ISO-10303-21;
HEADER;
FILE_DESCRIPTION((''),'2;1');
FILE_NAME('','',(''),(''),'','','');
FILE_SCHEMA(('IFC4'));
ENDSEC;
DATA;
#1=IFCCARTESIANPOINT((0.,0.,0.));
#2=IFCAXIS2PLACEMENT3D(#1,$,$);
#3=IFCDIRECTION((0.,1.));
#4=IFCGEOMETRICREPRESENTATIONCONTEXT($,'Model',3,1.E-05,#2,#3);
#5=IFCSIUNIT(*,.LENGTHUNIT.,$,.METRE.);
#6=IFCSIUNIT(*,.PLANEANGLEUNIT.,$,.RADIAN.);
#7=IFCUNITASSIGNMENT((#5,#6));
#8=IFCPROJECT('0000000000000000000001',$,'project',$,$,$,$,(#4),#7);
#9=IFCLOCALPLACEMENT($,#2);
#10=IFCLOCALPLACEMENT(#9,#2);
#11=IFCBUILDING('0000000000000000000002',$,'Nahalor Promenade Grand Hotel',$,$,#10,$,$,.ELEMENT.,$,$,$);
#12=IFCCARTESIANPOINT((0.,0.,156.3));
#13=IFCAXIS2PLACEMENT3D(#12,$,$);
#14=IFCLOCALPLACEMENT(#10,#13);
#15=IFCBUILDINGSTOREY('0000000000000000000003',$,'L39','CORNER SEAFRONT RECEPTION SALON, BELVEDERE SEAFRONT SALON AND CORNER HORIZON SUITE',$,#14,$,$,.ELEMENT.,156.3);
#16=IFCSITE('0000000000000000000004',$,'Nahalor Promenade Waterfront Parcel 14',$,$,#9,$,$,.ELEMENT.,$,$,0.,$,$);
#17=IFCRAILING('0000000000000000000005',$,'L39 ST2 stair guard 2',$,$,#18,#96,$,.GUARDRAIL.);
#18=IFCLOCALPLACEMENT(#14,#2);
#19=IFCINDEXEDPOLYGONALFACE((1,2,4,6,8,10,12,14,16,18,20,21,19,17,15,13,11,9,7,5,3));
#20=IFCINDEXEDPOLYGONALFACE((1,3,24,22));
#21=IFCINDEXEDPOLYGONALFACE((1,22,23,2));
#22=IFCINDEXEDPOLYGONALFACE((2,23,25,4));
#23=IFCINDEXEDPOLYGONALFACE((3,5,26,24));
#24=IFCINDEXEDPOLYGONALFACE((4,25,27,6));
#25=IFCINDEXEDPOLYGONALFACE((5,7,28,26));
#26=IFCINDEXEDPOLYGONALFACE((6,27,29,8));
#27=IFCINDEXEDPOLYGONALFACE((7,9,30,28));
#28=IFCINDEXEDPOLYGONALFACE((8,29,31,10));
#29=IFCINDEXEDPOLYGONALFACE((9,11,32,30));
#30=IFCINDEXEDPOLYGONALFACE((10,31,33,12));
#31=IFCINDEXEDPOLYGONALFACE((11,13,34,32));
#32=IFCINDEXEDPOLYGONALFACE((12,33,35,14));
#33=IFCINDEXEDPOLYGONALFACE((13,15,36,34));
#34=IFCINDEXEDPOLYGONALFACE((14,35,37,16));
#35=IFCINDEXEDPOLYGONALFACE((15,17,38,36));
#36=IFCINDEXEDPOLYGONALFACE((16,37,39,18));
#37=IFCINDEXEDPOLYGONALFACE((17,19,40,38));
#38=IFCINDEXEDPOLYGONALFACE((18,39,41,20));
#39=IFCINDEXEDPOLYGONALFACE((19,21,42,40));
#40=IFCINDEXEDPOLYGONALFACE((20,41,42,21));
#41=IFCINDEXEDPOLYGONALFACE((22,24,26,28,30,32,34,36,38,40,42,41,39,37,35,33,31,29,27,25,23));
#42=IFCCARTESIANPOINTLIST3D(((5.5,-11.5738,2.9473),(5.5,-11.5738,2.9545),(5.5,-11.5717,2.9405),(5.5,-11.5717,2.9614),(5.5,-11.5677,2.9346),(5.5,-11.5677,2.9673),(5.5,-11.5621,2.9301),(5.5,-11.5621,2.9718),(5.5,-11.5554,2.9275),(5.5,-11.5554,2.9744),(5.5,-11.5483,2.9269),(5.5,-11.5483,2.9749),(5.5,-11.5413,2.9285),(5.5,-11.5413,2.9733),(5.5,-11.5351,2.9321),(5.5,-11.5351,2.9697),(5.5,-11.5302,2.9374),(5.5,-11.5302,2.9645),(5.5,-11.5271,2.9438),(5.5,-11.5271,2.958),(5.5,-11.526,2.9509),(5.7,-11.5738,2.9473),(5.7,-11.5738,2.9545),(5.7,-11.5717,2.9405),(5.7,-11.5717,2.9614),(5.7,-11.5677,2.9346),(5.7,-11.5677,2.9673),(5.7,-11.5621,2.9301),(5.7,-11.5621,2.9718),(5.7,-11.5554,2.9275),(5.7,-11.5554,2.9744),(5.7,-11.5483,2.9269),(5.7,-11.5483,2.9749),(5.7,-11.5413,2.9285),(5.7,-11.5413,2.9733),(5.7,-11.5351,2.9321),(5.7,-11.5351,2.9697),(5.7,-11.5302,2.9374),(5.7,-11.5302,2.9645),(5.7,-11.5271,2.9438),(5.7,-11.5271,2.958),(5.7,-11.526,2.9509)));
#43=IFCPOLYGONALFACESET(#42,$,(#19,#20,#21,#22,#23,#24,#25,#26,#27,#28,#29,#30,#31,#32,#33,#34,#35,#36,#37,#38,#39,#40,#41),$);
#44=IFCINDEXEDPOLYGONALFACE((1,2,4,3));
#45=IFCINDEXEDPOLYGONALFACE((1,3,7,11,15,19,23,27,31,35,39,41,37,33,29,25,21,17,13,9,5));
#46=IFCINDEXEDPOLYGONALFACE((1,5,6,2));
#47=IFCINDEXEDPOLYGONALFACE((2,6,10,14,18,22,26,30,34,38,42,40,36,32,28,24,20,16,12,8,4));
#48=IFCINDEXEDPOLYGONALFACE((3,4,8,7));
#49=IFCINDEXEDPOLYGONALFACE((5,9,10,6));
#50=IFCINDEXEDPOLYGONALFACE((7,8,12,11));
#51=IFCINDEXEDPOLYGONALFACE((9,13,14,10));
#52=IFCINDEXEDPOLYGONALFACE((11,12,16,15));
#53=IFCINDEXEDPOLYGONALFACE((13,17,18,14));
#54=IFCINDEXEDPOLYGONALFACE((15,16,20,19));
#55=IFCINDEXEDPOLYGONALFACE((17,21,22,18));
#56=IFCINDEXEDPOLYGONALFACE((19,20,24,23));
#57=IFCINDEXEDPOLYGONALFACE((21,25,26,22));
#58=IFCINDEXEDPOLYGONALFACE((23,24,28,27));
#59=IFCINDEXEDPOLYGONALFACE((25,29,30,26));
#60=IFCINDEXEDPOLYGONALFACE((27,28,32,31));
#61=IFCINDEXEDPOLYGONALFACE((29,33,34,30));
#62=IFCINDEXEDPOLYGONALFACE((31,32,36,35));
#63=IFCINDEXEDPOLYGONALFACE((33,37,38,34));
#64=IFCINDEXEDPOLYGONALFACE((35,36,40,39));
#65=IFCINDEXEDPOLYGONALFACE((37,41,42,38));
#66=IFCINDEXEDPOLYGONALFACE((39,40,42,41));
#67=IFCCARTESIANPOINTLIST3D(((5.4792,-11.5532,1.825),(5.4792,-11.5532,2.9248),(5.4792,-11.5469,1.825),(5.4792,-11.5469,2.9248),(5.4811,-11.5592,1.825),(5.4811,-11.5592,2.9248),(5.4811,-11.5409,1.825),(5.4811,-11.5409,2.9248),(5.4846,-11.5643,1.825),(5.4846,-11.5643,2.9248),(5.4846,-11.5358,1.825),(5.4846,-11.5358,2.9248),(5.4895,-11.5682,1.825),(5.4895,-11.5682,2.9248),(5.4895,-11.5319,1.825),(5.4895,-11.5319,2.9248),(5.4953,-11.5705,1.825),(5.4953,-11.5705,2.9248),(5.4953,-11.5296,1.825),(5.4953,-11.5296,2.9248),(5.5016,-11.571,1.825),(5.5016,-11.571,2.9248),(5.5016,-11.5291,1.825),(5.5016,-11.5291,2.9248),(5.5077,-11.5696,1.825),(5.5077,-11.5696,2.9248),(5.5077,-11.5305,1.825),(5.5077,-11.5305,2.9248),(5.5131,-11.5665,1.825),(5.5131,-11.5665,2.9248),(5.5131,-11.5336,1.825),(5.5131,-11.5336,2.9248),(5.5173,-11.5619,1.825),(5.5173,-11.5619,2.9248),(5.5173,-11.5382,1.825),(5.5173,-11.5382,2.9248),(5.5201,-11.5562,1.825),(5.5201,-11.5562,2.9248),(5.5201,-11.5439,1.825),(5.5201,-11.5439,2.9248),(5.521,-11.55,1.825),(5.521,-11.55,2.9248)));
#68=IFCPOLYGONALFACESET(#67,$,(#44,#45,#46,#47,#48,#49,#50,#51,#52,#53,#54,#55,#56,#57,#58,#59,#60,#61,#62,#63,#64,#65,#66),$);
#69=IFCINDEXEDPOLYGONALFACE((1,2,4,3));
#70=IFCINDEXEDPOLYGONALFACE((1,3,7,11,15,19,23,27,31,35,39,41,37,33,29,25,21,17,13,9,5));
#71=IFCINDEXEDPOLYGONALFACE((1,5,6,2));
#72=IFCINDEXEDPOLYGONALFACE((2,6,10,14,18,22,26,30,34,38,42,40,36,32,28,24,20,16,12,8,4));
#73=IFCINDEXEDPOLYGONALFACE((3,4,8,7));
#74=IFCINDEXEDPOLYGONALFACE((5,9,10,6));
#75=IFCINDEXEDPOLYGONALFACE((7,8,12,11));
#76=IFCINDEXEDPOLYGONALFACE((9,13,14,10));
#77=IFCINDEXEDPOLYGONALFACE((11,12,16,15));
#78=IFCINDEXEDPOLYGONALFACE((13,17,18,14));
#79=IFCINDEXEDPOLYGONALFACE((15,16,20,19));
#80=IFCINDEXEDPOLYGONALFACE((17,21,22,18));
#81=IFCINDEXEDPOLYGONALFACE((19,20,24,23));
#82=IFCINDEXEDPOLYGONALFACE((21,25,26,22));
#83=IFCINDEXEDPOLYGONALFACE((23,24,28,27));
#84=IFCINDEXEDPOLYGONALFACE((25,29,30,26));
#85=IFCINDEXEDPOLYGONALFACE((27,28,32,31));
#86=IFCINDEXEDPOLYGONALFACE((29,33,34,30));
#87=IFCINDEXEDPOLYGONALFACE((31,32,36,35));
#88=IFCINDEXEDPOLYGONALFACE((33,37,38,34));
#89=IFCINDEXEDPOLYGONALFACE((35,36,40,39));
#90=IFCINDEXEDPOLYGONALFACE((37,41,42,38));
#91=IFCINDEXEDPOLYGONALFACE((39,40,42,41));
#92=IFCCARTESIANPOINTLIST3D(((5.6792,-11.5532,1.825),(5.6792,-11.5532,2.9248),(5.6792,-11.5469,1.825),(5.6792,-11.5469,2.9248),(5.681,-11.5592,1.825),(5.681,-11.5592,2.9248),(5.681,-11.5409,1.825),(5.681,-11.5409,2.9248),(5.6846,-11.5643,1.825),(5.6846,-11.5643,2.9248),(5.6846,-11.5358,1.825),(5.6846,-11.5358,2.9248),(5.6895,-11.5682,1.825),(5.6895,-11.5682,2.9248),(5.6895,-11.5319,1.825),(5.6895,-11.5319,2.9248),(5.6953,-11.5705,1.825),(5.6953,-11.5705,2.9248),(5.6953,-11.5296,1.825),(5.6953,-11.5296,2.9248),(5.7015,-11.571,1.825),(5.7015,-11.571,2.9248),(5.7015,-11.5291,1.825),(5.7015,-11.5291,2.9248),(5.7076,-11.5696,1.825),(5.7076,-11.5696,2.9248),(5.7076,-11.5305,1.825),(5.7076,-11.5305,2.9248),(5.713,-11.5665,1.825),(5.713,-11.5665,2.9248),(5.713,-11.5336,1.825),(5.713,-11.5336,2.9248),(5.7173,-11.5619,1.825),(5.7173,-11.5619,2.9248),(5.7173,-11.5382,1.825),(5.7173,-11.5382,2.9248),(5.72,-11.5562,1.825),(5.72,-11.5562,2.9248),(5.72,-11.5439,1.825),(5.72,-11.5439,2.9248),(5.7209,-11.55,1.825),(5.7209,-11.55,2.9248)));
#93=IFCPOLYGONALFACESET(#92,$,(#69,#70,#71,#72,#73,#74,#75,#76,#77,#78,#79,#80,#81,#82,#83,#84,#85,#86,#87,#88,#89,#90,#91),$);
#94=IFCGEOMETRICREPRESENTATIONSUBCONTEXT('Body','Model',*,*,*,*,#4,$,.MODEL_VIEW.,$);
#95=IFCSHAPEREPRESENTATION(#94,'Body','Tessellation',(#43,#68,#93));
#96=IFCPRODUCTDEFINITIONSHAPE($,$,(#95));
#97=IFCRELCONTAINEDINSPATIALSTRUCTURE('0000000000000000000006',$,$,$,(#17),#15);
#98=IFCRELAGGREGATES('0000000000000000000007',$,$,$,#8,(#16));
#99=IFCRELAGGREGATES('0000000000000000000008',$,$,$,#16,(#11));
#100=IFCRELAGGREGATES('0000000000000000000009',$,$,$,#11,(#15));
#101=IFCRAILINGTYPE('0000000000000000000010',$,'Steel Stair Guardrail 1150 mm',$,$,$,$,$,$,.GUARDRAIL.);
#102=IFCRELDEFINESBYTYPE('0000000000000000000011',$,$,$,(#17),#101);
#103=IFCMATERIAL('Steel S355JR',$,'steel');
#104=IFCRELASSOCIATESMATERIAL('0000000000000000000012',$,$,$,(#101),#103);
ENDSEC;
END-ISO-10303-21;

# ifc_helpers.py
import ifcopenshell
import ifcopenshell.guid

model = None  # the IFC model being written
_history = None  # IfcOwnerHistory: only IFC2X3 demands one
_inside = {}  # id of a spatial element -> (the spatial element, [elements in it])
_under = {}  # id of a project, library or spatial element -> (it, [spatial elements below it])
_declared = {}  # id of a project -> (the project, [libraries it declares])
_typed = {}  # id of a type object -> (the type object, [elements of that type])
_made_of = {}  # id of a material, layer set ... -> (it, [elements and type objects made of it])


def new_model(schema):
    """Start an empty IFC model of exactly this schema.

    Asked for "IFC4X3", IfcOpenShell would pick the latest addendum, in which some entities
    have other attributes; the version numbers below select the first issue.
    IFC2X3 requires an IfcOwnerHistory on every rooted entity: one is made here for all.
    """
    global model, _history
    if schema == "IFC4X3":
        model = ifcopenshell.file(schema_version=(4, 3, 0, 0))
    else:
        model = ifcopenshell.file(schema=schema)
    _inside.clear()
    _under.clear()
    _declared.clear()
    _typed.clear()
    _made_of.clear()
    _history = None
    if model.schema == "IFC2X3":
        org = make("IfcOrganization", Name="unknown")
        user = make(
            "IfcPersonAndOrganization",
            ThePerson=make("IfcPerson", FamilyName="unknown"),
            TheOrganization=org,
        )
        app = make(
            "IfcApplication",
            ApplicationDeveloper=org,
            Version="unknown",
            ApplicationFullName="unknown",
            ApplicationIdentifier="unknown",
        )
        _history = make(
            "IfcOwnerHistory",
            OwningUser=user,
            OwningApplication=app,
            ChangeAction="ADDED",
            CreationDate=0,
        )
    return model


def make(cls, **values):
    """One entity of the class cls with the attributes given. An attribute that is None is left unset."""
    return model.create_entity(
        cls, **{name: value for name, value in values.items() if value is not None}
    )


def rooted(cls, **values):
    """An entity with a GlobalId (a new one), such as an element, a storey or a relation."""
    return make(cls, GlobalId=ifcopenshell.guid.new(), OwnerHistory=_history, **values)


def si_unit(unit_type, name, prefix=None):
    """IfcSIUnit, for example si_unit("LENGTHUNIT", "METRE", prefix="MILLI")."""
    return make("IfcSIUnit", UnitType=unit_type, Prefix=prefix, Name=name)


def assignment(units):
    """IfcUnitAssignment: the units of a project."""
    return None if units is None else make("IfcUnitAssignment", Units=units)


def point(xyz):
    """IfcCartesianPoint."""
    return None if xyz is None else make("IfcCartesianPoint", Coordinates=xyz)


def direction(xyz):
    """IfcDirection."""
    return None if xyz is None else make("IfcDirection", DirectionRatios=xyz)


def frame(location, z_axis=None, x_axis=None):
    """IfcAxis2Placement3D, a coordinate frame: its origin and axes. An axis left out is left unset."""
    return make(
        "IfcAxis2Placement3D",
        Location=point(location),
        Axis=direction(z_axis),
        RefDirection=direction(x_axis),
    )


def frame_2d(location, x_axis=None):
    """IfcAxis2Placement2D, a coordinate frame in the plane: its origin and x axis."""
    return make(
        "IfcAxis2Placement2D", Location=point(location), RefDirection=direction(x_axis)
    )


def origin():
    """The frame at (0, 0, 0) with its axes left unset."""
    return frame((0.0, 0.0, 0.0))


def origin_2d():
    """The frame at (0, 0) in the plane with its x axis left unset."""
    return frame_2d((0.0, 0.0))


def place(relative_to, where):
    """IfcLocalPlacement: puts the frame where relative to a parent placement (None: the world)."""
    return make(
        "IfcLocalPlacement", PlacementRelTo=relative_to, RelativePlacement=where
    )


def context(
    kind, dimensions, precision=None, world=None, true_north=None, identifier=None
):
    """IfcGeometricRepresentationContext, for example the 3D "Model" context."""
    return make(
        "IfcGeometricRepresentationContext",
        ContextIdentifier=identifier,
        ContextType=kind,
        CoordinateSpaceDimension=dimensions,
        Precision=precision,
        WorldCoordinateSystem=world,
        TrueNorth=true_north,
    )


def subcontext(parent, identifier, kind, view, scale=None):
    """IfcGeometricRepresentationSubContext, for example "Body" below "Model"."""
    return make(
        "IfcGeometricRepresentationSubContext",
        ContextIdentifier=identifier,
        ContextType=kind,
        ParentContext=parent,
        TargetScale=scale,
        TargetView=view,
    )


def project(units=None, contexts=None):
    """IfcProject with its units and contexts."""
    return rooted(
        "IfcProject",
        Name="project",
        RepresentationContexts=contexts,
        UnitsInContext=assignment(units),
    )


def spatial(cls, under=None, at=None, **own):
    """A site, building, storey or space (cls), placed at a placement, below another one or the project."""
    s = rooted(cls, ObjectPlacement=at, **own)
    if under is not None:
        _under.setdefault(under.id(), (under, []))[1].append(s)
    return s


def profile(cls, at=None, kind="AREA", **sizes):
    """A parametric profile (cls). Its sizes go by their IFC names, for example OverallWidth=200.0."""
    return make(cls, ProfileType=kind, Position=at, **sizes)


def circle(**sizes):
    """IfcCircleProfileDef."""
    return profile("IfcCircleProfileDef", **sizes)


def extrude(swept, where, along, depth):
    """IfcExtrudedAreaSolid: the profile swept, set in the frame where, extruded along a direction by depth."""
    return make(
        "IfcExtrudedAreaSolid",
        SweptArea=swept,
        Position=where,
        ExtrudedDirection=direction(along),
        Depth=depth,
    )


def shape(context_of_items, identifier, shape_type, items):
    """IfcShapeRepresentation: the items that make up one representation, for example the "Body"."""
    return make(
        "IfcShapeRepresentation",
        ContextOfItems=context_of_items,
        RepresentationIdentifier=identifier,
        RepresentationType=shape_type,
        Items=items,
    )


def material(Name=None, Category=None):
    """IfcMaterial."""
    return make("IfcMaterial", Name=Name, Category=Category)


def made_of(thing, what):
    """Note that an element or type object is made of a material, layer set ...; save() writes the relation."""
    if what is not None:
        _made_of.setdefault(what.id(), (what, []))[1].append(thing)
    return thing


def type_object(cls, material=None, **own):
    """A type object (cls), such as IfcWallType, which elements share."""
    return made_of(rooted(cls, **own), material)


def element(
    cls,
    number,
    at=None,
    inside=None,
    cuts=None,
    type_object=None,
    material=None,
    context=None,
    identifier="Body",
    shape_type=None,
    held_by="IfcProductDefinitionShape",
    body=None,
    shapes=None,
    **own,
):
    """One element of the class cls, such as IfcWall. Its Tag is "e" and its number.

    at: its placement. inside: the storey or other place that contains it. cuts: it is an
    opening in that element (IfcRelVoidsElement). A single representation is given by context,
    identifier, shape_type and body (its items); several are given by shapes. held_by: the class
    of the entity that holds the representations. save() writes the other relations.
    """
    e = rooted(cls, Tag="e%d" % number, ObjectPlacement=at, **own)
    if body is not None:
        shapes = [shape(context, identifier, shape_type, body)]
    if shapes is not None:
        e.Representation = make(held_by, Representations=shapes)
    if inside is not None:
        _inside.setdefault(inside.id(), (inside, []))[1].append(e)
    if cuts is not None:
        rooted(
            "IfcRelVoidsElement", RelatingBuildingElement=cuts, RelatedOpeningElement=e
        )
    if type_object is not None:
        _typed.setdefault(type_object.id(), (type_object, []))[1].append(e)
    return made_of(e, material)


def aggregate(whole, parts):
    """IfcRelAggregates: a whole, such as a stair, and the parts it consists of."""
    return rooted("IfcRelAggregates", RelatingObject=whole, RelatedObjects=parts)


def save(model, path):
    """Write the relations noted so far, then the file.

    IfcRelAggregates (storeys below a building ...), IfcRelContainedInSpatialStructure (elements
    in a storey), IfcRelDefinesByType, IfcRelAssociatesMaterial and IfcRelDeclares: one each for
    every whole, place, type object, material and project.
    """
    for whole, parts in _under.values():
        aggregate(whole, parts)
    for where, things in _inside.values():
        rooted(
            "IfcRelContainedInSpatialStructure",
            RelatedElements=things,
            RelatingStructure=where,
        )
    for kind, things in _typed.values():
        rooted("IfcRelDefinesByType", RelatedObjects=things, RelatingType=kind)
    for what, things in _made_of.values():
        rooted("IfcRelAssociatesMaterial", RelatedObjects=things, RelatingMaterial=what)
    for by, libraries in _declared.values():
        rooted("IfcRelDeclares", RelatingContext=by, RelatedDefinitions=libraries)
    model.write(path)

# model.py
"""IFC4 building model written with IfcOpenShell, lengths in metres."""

from ifc_helpers import new_model, si_unit, direction, frame, origin, origin_2d, place, context, subcontext, project, spatial, circle, extrude, material, type_object, element, save


model = new_model("IFC4")

# Units and contexts
model_context = context("Model", 3, precision=1e-05, world=origin(), true_north=direction((0.0, 1.0)))
body_context = subcontext(model_context, "Body", "Model", "MODEL_VIEW")
ifc_project = project(units=[si_unit("LENGTHUNIT", "METRE"), si_unit("PLANEANGLEUNIT", "RADIAN")], contexts=[model_context])

# Site, building, storey
site_placement = place(None, origin())
site = spatial("IfcSite", under=ifc_project, at=site_placement, Name="Nahalor Promenade Waterfront Parcel 14", CompositionType="ELEMENT", RefElevation=0.0)
building_placement = place(site_placement, origin())
building = spatial("IfcBuilding", under=site, at=building_placement, Name="Nahalor Promenade Grand Hotel", CompositionType="ELEMENT")
storey_placement = place(building_placement, frame((0.0, 0.0, 156.3)))
storey = spatial("IfcBuildingStorey", under=building, at=storey_placement, Name="L39", Description="CORNER SEAFRONT RECEPTION SALON, BELVEDERE SEAFRONT SALON AND CORNER HORIZON SUITE", CompositionType="ELEMENT", Elevation=156.3)

# Shared definitions
ifc_material_1 = material(Name="Steel S355JR", Category="steel")

# Railing
railing_type_1 = type_object("IfcRailingType", Name="Steel Stair Guardrail 1150 mm", PredefinedType="GUARDRAIL", material=ifc_material_1)
railing_1_placement = place(storey_placement, frame((5.5, -11.55, 1.825)))
element("IfcRailing", 1, at=railing_1_placement, inside=storey, type_object=railing_type_1, Name="L39 ST2 stair guard 2", PredefinedType="GUARDRAIL", context=body_context, shape_type="SweptSolid", body=[
    extrude(circle(Radius=0.024, at=origin_2d()), frame((0.0, 0.0, 1.126), z_axis=(1.0, 0.0, 0.0), x_axis=(0.0, 1.0, 0.0)), (0.0, 0.0, 1.0), 0.2),
    extrude(circle(Radius=0.021, at=origin_2d()), origin(), (0.0, 0.0, 1.0), 1.0999),
    extrude(circle(Radius=0.021, at=origin_2d()), frame((0.2, 0.0, 0.0)), (0.0, 0.0, 1.0), 1.0999),
])

save(model, "model.ifc")
